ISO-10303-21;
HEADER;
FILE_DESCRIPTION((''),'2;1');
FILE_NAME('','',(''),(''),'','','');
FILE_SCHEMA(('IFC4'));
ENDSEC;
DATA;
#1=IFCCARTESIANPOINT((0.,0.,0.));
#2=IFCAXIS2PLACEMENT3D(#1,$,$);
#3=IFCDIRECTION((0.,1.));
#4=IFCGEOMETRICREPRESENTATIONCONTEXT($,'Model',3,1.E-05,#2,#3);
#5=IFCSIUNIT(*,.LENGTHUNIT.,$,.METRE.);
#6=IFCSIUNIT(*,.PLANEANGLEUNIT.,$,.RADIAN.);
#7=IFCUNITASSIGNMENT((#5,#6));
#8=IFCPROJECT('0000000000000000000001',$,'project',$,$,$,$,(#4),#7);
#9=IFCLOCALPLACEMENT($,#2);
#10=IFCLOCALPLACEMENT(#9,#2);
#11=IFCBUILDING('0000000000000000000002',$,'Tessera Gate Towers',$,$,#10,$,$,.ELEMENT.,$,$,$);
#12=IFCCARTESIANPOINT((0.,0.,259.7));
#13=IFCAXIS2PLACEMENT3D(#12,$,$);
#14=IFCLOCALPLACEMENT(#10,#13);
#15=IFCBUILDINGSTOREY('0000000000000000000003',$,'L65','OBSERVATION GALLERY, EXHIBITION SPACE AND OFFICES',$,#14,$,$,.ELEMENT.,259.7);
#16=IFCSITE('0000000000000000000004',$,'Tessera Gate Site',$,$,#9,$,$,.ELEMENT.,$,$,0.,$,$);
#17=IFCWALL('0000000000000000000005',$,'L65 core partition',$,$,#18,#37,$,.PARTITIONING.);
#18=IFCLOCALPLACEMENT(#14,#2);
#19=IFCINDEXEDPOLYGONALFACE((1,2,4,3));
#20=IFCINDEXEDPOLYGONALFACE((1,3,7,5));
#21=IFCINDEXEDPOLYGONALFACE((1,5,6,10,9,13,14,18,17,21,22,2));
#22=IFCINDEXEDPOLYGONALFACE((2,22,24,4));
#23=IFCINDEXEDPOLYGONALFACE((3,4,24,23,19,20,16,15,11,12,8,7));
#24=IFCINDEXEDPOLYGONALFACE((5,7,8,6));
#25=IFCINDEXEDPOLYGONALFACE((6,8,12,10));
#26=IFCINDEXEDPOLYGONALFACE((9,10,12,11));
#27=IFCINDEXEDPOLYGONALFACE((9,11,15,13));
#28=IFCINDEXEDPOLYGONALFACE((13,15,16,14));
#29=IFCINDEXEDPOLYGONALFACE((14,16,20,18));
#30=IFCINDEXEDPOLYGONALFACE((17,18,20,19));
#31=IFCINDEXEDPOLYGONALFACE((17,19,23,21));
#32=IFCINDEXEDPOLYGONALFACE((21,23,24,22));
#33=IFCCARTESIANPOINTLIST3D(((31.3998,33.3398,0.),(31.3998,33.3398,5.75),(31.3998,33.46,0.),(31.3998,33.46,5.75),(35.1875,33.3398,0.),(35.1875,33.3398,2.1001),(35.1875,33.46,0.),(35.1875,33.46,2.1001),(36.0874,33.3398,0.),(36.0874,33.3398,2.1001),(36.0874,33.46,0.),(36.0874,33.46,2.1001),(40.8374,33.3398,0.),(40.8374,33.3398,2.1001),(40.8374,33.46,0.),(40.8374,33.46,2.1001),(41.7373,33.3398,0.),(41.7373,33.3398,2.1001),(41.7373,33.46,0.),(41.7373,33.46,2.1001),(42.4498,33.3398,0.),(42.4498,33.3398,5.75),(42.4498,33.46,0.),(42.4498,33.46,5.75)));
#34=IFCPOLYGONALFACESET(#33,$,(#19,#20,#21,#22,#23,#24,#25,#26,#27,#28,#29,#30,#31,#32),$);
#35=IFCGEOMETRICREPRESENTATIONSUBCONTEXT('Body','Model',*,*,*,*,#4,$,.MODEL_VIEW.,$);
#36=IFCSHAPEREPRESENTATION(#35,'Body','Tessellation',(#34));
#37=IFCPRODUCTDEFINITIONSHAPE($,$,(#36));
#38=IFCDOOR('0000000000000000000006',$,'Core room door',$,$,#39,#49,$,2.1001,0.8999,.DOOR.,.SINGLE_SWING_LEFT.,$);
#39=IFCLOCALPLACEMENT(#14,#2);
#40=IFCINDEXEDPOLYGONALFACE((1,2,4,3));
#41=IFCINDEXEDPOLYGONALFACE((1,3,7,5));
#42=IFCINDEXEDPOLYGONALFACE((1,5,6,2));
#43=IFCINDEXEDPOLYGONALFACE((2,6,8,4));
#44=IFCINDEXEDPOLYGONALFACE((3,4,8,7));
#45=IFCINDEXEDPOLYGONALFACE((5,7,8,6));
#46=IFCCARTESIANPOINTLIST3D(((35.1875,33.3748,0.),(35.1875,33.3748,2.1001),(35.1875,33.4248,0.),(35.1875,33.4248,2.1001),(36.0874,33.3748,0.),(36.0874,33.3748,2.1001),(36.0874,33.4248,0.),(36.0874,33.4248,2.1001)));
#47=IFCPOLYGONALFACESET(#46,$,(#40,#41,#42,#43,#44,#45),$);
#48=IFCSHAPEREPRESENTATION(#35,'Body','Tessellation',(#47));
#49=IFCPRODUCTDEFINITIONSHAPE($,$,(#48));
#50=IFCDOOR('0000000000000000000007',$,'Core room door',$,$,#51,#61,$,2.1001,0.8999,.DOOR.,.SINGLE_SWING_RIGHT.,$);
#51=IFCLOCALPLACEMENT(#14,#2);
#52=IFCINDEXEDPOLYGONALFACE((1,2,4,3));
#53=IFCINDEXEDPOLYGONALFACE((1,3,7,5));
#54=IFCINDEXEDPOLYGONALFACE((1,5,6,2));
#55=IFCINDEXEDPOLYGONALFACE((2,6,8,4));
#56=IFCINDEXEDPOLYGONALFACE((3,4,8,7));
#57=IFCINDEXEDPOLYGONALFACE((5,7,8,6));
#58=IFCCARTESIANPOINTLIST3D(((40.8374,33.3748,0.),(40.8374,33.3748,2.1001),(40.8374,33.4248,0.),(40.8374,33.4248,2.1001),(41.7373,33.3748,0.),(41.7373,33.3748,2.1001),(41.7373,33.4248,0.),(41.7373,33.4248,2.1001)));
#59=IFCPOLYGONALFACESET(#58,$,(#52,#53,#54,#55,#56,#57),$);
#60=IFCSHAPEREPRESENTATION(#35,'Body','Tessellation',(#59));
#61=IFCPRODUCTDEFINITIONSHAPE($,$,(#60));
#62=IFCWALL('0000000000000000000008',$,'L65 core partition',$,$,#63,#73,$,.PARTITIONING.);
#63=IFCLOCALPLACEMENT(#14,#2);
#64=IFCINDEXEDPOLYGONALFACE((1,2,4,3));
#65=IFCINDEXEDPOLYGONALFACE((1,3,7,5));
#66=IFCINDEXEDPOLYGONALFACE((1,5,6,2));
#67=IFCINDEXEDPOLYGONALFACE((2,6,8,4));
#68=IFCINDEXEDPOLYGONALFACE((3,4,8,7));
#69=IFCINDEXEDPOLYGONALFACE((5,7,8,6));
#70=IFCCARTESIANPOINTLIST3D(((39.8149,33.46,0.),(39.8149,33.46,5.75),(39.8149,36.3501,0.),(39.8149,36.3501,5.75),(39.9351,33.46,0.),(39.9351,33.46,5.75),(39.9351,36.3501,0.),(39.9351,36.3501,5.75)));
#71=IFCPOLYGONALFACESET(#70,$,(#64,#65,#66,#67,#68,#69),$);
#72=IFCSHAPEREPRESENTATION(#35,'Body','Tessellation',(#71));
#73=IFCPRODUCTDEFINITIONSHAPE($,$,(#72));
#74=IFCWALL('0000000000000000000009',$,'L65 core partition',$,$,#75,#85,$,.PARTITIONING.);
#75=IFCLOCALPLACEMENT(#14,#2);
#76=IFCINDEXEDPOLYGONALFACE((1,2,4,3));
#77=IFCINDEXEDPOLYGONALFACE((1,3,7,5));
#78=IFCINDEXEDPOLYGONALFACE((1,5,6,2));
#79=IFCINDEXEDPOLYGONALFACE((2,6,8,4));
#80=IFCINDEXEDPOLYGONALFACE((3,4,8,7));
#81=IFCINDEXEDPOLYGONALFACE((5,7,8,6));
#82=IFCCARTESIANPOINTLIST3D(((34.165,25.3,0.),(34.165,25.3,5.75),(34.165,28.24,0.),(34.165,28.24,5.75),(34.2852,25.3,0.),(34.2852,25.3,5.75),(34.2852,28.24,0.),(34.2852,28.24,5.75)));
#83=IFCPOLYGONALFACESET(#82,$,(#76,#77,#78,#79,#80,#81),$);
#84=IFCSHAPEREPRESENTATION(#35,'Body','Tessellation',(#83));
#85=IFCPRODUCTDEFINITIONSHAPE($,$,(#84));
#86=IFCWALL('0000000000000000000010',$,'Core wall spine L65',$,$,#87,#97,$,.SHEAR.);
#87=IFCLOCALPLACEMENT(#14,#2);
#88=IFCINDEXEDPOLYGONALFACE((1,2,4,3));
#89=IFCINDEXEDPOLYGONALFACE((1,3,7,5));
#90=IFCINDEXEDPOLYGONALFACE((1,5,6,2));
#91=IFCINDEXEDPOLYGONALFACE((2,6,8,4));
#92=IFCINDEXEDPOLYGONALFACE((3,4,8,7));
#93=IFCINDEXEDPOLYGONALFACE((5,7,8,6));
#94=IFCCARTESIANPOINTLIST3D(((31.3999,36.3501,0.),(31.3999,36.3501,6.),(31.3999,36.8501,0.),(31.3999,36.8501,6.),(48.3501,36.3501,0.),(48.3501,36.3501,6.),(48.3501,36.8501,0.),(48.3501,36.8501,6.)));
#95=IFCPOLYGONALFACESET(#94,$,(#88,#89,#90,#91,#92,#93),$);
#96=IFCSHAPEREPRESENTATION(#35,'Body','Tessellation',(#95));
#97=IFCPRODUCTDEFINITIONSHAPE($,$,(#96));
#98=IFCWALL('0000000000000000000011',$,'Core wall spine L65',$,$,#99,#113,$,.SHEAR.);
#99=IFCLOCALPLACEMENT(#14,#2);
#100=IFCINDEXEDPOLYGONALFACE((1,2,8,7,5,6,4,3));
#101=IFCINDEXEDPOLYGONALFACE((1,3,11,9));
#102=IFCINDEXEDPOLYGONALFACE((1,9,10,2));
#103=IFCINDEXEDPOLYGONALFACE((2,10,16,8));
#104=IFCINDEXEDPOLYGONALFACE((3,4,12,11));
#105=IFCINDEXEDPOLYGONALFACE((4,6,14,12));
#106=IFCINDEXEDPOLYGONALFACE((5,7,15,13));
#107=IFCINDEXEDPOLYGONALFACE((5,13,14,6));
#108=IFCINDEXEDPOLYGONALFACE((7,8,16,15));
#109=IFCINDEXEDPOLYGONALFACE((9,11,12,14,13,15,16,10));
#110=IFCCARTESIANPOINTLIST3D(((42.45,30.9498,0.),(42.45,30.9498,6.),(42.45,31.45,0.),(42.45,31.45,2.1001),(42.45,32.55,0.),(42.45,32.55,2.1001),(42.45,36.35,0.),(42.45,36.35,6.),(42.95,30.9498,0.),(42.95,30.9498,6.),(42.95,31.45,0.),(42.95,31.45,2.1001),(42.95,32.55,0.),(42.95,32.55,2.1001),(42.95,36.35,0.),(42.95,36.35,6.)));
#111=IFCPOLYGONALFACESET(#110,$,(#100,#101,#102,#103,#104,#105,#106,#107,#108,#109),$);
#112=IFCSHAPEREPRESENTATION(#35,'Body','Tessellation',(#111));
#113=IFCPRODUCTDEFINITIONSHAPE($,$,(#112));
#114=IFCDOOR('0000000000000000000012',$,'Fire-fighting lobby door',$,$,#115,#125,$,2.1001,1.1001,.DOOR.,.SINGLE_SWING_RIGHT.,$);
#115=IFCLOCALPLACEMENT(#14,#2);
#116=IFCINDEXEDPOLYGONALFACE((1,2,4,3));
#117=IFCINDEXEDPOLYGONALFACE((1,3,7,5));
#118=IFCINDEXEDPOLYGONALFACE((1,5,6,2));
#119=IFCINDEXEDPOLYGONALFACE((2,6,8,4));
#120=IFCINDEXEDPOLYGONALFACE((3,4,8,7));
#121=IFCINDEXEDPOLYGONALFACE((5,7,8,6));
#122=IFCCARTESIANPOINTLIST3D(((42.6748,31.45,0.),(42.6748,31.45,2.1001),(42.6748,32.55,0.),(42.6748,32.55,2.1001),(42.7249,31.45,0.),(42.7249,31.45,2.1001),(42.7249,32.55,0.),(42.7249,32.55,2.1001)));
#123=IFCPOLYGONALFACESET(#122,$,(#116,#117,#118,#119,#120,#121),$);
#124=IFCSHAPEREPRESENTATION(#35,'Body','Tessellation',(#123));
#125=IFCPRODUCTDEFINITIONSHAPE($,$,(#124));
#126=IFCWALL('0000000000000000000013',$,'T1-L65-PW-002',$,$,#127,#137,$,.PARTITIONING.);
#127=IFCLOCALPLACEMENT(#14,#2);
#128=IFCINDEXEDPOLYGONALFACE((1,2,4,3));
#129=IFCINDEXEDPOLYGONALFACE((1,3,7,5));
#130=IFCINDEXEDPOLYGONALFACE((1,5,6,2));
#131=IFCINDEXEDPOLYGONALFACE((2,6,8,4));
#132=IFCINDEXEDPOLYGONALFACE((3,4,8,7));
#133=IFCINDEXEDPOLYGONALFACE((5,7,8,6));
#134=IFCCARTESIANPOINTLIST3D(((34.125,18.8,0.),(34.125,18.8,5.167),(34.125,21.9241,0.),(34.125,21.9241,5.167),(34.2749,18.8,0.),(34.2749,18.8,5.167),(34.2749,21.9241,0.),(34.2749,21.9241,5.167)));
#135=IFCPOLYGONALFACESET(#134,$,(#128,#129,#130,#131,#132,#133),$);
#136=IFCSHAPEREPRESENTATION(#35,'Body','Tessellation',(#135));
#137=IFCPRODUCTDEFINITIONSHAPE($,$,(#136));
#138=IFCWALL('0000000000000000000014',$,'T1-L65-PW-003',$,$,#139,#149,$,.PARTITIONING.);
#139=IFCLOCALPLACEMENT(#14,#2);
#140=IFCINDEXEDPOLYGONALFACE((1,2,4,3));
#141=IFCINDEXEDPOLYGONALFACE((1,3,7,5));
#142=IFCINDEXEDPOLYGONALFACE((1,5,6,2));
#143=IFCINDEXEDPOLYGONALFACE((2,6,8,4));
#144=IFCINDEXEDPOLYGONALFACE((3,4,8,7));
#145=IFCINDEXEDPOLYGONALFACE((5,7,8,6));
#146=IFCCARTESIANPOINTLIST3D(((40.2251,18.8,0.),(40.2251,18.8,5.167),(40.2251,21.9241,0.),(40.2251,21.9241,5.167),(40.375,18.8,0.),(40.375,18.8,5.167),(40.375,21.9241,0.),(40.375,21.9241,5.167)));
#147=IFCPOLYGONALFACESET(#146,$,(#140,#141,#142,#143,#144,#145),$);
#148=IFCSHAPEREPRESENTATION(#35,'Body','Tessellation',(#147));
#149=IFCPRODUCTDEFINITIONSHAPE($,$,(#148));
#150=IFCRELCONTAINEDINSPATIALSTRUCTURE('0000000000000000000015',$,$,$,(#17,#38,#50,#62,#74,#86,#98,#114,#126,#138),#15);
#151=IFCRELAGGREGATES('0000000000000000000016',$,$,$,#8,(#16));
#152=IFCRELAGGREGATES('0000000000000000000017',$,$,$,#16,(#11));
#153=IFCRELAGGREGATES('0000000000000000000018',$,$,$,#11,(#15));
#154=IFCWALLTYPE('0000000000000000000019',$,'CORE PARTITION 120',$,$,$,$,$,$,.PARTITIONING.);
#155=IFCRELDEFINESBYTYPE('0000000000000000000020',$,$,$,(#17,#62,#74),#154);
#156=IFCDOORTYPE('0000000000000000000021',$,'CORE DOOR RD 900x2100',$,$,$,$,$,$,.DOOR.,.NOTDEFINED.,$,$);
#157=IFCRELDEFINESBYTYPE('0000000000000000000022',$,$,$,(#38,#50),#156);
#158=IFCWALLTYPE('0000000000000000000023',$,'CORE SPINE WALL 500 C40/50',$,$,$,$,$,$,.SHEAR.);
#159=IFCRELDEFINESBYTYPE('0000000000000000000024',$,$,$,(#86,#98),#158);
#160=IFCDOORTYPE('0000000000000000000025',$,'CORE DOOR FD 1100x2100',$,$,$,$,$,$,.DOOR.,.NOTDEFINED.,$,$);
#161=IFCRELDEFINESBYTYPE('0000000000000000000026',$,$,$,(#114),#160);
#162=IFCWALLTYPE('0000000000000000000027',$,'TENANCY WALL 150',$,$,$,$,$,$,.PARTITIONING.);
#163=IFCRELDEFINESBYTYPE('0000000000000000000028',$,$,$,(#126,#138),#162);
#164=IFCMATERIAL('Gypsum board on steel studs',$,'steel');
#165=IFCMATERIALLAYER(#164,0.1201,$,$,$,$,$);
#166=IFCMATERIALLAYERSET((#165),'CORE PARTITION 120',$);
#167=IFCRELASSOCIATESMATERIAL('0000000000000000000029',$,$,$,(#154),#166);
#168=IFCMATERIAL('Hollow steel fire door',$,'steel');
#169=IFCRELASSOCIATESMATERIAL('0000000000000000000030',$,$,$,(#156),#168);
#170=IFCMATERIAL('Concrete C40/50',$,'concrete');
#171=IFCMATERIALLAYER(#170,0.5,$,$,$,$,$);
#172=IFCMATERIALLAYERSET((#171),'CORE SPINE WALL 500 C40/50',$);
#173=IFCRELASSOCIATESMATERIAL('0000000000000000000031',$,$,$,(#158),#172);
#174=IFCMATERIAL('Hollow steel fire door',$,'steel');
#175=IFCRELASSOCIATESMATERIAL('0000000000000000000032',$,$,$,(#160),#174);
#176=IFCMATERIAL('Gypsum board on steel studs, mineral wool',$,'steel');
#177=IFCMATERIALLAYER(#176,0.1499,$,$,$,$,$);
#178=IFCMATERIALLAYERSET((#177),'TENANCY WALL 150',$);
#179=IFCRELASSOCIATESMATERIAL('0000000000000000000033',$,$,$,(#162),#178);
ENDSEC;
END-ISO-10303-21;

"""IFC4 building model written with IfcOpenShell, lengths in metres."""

from ifc_helpers import new_model, si_unit, direction, frame, frame_2d, origin, place, context, subcontext, project, spatial, rectangle, extrude, source, transform, mapped, material, layer, layer_set, type_object, element, fill, save


model = new_model("IFC4")

# Units and contexts
model_context = context("Model", 3, precision=1e-05, world=origin(), true_north=direction((0.0, 1.0)))
body_context = subcontext(model_context, "Body", "Model", "MODEL_VIEW")
ifc_project = project(units=[si_unit("LENGTHUNIT", "METRE"), si_unit("PLANEANGLEUNIT", "RADIAN")], contexts=[model_context])

# Site, building, storey
site_placement = place(None, origin())
site = spatial("IfcSite", under=ifc_project, at=site_placement, Name="Tessera Gate Site", CompositionType="ELEMENT", RefElevation=0.0)
building_placement = place(site_placement, origin())
building = spatial("IfcBuilding", under=site, at=building_placement, Name="Tessera Gate Towers", CompositionType="ELEMENT")
storey_placement = place(building_placement, frame((0.0, 0.0, 259.7)))
storey = spatial("IfcBuildingStorey", under=building, at=storey_placement, Name="L65", Description="OBSERVATION GALLERY, EXHIBITION SPACE AND OFFICES", CompositionType="ELEMENT", Elevation=259.7)

# Shared definitions
shared_shape_1 = source(origin(), body_context, "Body", "SweptSolid", [
    extrude(rectangle(XDim=1.1001, YDim=2.1001, at=frame_2d((0.55, 1.05))), frame((0.0, 0.0249, 0.0), z_axis=(0.0, -1.0, 0.0), x_axis=(1.0, 0.0, 0.0)), (0.0, 0.0, 1.0), 0.05),
])

# Wall, openings, doors
ifc_material_1 = material(Name="Gypsum board on steel studs", Category="steel")
ifc_layer_1 = layer(ifc_material_1, 0.1201)
ifc_layer_set_1 = layer_set([ifc_layer_1], Name="CORE PARTITION 120")
wall_type_1 = type_object("IfcWallType", Name="CORE PARTITION 120", PredefinedType="PARTITIONING", material=ifc_layer_set_1)
shared_shape_2 = source(origin(), body_context, "Body", "SweptSolid", [
    extrude(rectangle(XDim=0.8999, YDim=2.1001, at=frame_2d((0.45, 1.05))), frame((0.0, 0.0701, 0.0), z_axis=(0.0, -1.0, 0.0), x_axis=(1.0, 0.0, 0.0)), (0.0, 0.0, 1.0), 0.1401),
])
ifc_material_2 = material(Name="Hollow steel fire door", Category="steel")
door_type_1 = type_object("IfcDoorType", Name="CORE DOOR RD 900x2100", OperationType="NOTDEFINED", PredefinedType="DOOR", material=ifc_material_2)
shared_shape_3 = source(origin(), body_context, "Body", "SweptSolid", [
    extrude(rectangle(XDim=0.8999, YDim=2.1001, at=frame_2d((0.45, 1.05))), frame((0.0, 0.0249, 0.0), z_axis=(0.0, -1.0, 0.0), x_axis=(1.0, 0.0, 0.0)), (0.0, 0.0, 1.0), 0.05),
])
wall_1_placement = place(storey_placement, frame((31.3999, 33.3999, 0.0), z_axis=(0.0, 0.0, 1.0), x_axis=(1.0, 0.0, 0.0)))
wall_1 = element("IfcWall", 1, at=wall_1_placement, inside=storey, type_object=wall_type_1, Name="L65 core partition", PredefinedType="PARTITIONING", context=body_context, shape_type="SweptSolid", body=[
    extrude(rectangle(XDim=11.05, YDim=0.1201, at=frame_2d((5.5249, 0.0))), origin(), (0.0, 0.0, 1.0), 5.75),
])
opening_1_placement = place(wall_1_placement, frame((3.7876, 0.0, 0.0)))
opening_1 = element("IfcOpeningElement", 2, at=opening_1_placement, cuts=wall_1, PredefinedType="OPENING", context=body_context, shape_type="MappedRepresentation", body=[
    mapped(shared_shape_2, transform((0.0, 0.0, 0.0), scale=1.0)),
])
opening_2_placement = place(wall_1_placement, frame((9.4375, 0.0, 0.0)))
opening_2 = element("IfcOpeningElement", 3, at=opening_2_placement, cuts=wall_1, PredefinedType="OPENING", context=body_context, shape_type="MappedRepresentation", body=[
    mapped(shared_shape_2, transform((0.0, 0.0, 0.0), scale=1.0)),
])
door_1_placement = place(opening_1_placement, origin())
door_1 = element("IfcDoor", 4, at=door_1_placement, inside=storey, type_object=door_type_1, Name="Core room door", OperationType="SINGLE_SWING_LEFT", OverallHeight=2.1001, OverallWidth=0.8999, PredefinedType="DOOR", context=body_context, shape_type="MappedRepresentation", body=[
    mapped(shared_shape_3, transform((0.0, 0.0, 0.0), scale=1.0)),
])
fill(opening_1, door_1)
door_2_placement = place(opening_2_placement, origin())
door_2 = element("IfcDoor", 5, at=door_2_placement, inside=storey, type_object=door_type_1, Name="Core room door", OperationType="SINGLE_SWING_RIGHT", OverallHeight=2.1001, OverallWidth=0.8999, PredefinedType="DOOR", context=body_context, shape_type="MappedRepresentation", body=[
    mapped(shared_shape_3, transform((0.0, 0.0, 0.0), scale=1.0)),
])
fill(opening_2, door_2)

# Walls
wall_2_placement = place(storey_placement, frame((39.875, 33.46, 0.0), z_axis=(0.0, 0.0, 1.0), x_axis=(0.0, 1.0, 0.0)))
element("IfcWall", 6, at=wall_2_placement, inside=storey, type_object=wall_type_1, Name="L65 core partition", PredefinedType="PARTITIONING", context=body_context, shape_type="SweptSolid", body=[
    extrude(rectangle(XDim=2.8901, YDim=0.1201, at=frame_2d((1.4451, 0.0))), origin(), (0.0, 0.0, 1.0), 5.75),
])
wall_3_placement = place(storey_placement, frame((34.2251, 25.3, 0.0), z_axis=(0.0, 0.0, 1.0), x_axis=(0.0, 1.0, 0.0)))
element("IfcWall", 7, at=wall_3_placement, inside=storey, type_object=wall_type_1, Name="L65 core partition", PredefinedType="PARTITIONING", context=body_context, shape_type="SweptSolid", body=[
    extrude(rectangle(XDim=2.9399, YDim=0.1201, at=frame_2d((1.47, 0.0))), origin(), (0.0, 0.0, 1.0), 5.75),
])
ifc_material_3 = material(Name="Concrete C40/50", Category="concrete")
ifc_layer_2 = layer(ifc_material_3, 0.5)
ifc_layer_set_2 = layer_set([ifc_layer_2], Name="CORE SPINE WALL 500 C40/50")
wall_type_2 = type_object("IfcWallType", Name="CORE SPINE WALL 500 C40/50", PredefinedType="SHEAR", material=ifc_layer_set_2)
wall_4_placement = place(storey_placement, frame((31.3999, 36.6001, 0.0), z_axis=(0.0, 0.0, 1.0), x_axis=(1.0, 0.0, 0.0)))
element("IfcWall", 8, at=wall_4_placement, inside=storey, type_object=wall_type_2, Name="Core wall spine L65", PredefinedType="SHEAR", context=body_context, shape_type="SweptSolid", body=[
    extrude(rectangle(XDim=16.9502, YDim=0.5, at=frame_2d((8.4751, 0.0))), origin(), (0.0, 0.0, 1.0), 6.0),
])

# Wall, opening, door
wall_5_placement = place(storey_placement, frame((42.7, 36.3501, 0.0), z_axis=(0.0, 0.0, 1.0), x_axis=(0.0, -1.0, 0.0)))
wall_5 = element("IfcWall", 9, at=wall_5_placement, inside=storey, type_object=wall_type_2, Name="Core wall spine L65", PredefinedType="SHEAR", context=body_context, shape_type="SweptSolid", body=[
    extrude(rectangle(XDim=5.4001, YDim=0.5, at=frame_2d((2.7002, 0.0))), origin(), (0.0, 0.0, 1.0), 6.0),
])
shared_shape_4 = source(origin(), body_context, "Body", "SweptSolid", [
    extrude(rectangle(XDim=1.1001, YDim=2.1001, at=frame_2d((0.55, 1.05))), frame((0.0, 0.26, 0.0), z_axis=(0.0, -1.0, 0.0), x_axis=(1.0, 0.0, 0.0)), (0.0, 0.0, 1.0), 0.52),
])
opening_3_placement = place(wall_5_placement, frame((3.8, 0.0, 0.0)))
opening_3 = element("IfcOpeningElement", 10, at=opening_3_placement, cuts=wall_5, PredefinedType="OPENING", context=body_context, shape_type="MappedRepresentation", body=[
    mapped(shared_shape_4, transform((0.0, 0.0, 0.0), scale=1.0)),
])
ifc_material_4 = material(Name="Hollow steel fire door", Category="steel")
door_type_2 = type_object("IfcDoorType", Name="CORE DOOR FD 1100x2100", OperationType="NOTDEFINED", PredefinedType="DOOR", material=ifc_material_4)
door_3_placement = place(opening_3_placement, origin())
door_3 = element("IfcDoor", 11, at=door_3_placement, inside=storey, type_object=door_type_2, Name="Fire-fighting lobby door", OperationType="SINGLE_SWING_RIGHT", OverallHeight=2.1001, OverallWidth=1.1001, PredefinedType="DOOR", context=body_context, shape_type="MappedRepresentation", body=[
    mapped(shared_shape_1, transform((0.0, 0.0, 0.0), scale=1.0)),
])
fill(opening_3, door_3)

# Walls
ifc_material_5 = material(Name="Gypsum board on steel studs, mineral wool", Category="steel")
ifc_layer_3 = layer(ifc_material_5, 0.1499)
ifc_layer_set_3 = layer_set([ifc_layer_3], Name="TENANCY WALL 150")
wall_type_3 = type_object("IfcWallType", Name="TENANCY WALL 150", PredefinedType="PARTITIONING", material=ifc_layer_set_3)
for number, where, z_axis, x_axis, name in (
    (12, (34.2, 18.8, 0.0), (0.0, 0.0, 1.0), (0.0, 1.0, 0.0), "T1-L65-PW-002"),
    (13, (40.3, 18.8, 0.0), (0.0, 0.0, 1.0), (0.0, 1.0, 0.0), "T1-L65-PW-003"),
):
    element("IfcWall", number, at=place(storey_placement, frame(where, z_axis=z_axis, x_axis=x_axis)), inside=storey, type_object=wall_type_3, Name=name, PredefinedType="PARTITIONING", context=body_context, shape_type="SweptSolid", body=[
        extrude(rectangle(XDim=3.124, YDim=0.1499, at=frame_2d((1.562, 0.0))), origin(), (0.0, 0.0, 1.0), 5.167),
    ])

save(model, "model.ifc")
